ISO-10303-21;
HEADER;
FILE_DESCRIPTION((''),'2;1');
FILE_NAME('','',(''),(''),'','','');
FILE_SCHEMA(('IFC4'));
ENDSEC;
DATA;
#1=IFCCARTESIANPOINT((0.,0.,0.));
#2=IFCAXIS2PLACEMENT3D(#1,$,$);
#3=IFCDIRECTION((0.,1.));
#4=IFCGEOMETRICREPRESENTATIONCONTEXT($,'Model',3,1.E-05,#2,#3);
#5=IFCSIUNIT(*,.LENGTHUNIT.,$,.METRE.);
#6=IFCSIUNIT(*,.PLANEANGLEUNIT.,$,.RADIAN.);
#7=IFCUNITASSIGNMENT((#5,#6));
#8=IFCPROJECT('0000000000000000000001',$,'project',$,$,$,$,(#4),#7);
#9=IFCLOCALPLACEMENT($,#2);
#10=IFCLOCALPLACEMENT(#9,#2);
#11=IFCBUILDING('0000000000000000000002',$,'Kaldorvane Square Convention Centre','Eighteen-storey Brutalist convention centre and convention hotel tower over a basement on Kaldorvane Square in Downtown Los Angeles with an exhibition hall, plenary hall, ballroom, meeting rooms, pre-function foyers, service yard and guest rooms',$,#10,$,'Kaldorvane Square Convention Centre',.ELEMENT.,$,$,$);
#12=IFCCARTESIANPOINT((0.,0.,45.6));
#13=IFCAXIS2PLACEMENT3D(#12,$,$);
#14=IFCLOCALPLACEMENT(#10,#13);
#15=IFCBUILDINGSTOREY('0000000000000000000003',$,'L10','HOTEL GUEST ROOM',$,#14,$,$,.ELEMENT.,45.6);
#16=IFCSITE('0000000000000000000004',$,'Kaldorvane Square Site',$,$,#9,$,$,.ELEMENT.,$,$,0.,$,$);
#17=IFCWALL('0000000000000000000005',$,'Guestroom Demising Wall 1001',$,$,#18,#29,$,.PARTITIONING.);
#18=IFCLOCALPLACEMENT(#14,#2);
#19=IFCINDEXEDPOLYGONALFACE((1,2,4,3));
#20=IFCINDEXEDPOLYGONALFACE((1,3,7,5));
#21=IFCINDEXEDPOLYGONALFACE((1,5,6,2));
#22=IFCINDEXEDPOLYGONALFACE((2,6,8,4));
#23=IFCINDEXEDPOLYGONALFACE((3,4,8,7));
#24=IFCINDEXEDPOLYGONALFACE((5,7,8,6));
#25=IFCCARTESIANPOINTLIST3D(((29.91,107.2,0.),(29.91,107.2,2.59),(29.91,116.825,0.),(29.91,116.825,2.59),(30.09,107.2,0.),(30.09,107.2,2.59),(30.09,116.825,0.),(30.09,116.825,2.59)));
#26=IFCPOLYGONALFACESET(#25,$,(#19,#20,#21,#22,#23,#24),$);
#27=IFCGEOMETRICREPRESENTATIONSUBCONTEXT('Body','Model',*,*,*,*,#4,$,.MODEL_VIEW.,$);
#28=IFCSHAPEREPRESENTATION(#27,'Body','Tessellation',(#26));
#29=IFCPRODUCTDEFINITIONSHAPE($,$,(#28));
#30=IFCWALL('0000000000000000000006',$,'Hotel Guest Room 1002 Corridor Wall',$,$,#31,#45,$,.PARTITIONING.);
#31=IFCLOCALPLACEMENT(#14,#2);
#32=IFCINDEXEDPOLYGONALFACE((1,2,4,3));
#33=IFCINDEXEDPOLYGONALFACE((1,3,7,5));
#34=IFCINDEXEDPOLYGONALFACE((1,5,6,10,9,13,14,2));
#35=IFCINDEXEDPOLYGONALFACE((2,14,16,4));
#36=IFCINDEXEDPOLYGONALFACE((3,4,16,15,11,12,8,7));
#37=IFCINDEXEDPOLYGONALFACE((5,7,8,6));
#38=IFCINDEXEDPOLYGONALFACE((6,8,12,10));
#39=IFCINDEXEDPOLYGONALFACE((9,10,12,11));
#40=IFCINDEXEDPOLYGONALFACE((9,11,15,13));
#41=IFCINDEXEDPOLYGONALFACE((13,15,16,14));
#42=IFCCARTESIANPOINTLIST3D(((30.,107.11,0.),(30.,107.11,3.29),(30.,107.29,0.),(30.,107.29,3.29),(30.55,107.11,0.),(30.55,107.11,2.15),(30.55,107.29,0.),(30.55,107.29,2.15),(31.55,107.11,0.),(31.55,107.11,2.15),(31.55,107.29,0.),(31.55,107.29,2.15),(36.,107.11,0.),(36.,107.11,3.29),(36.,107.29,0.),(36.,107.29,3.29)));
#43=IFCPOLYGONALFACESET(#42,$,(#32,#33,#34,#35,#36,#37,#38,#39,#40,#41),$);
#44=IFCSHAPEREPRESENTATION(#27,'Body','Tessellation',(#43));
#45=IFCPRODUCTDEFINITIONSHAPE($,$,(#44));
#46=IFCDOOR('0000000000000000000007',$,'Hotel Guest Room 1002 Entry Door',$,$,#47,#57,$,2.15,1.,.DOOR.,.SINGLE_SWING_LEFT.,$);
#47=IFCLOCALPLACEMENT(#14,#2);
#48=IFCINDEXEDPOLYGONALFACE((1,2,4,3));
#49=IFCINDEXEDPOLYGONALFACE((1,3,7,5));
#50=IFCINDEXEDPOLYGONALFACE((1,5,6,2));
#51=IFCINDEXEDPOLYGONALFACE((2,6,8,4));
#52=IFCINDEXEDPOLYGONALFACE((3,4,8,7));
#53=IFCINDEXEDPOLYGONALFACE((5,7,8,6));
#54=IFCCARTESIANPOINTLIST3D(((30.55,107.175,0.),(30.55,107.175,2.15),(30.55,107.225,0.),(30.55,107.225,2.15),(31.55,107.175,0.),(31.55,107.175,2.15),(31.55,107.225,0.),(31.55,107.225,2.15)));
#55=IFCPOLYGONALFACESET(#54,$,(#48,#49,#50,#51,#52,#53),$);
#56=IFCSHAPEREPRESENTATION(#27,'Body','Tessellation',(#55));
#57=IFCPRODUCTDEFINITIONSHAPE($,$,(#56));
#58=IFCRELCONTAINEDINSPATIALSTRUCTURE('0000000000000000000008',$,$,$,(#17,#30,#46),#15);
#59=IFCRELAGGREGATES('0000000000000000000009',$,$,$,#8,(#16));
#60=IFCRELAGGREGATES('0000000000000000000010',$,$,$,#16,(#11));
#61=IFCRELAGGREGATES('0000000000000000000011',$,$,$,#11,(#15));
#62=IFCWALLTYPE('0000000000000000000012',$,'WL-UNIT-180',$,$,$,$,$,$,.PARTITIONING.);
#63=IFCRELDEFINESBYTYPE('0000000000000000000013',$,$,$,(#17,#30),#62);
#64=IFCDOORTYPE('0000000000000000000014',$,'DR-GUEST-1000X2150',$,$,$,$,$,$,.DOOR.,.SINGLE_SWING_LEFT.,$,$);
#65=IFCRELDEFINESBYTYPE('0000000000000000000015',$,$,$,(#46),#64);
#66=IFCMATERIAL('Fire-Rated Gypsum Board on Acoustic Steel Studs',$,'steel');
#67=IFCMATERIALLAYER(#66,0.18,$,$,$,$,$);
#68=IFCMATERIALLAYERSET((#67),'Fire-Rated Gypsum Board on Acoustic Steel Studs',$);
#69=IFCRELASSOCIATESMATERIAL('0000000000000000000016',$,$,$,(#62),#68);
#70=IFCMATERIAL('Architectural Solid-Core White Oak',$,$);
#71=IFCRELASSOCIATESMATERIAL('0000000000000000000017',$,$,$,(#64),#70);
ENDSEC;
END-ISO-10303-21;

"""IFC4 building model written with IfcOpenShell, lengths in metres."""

from ifc_helpers import new_model, si_unit, direction, frame, frame_2d, origin, place, context, subcontext, project, spatial, rectangle, extrude, material, layer, layer_set, type_object, element, fill, save


model = new_model("IFC4")

# Units and contexts
model_context = context("Model", 3, precision=1e-05, world=origin(), true_north=direction((0.0, 1.0)))
body_context = subcontext(model_context, "Body", "Model", "MODEL_VIEW")
ifc_project = project(units=[si_unit("LENGTHUNIT", "METRE"), si_unit("PLANEANGLEUNIT", "RADIAN")], contexts=[model_context])

# Site, building, storey
site_placement = place(None, origin())
site = spatial("IfcSite", under=ifc_project, at=site_placement, Name="Kaldorvane Square Site", CompositionType="ELEMENT", RefElevation=0.0)
building_placement = place(site_placement, origin())
building = spatial("IfcBuilding", under=site, at=building_placement, Name="Kaldorvane Square Convention Centre", Description="Eighteen-storey Brutalist convention centre and convention hotel tower over a basement on Kaldorvane Square in Downtown Los Angeles with an exhibition hall, plenary hall, ballroom, meeting rooms, pre-function foyers, service yard and guest rooms", LongName="Kaldorvane Square Convention Centre", CompositionType="ELEMENT")
storey_placement = place(building_placement, frame((0.0, 0.0, 45.6)))
storey = spatial("IfcBuildingStorey", under=building, at=storey_placement, Name="L10", Description="HOTEL GUEST ROOM", CompositionType="ELEMENT", Elevation=45.6)

# Shared definitions
ifc_material_1 = material(Name="Fire-Rated Gypsum Board on Acoustic Steel Studs", Category="steel")
ifc_material_2 = material(Name="Architectural Solid-Core White Oak")

# Shared definitions
ifc_layer_1 = layer(ifc_material_1, 0.18)
ifc_layer_set_1 = layer_set([ifc_layer_1], Name="Fire-Rated Gypsum Board on Acoustic Steel Studs")
wall_type_1 = type_object("IfcWallType", Name="WL-UNIT-180", PredefinedType="PARTITIONING", material=ifc_layer_set_1)
door_type_1 = type_object("IfcDoorType", Name="DR-GUEST-1000X2150", OperationType="SINGLE_SWING_LEFT", PredefinedType="DOOR", material=ifc_material_2)

# Wall
wall_1_placement = place(storey_placement, frame((30.0, 107.2, 0.0), z_axis=(0.0, 0.0, 1.0), x_axis=(0.0, 1.0, 0.0)))
element("IfcWall", 1, at=wall_1_placement, inside=storey, type_object=wall_type_1, Name="Guestroom Demising Wall 1001", PredefinedType="PARTITIONING", context=body_context, shape_type="SweptSolid", body=[
    extrude(rectangle(XDim=9.625, YDim=0.18, at=frame_2d((4.8125, 0.0))), origin(), (0.0, 0.0, 1.0), 2.59),
])

# Wall, opening, door
wall_2_placement = place(storey_placement, frame((30.0, 107.2, 0.0), z_axis=(0.0, 0.0, 1.0), x_axis=(1.0, 0.0, 0.0)))
wall_2 = element("IfcWall", 2, at=wall_2_placement, inside=storey, type_object=wall_type_1, Name="Hotel Guest Room 1002 Corridor Wall", PredefinedType="PARTITIONING", context=body_context, shape_type="SweptSolid", body=[
    extrude(rectangle(XDim=6.0, YDim=0.18, at=frame_2d((3.0, 0.0))), origin(), (0.0, 0.0, 1.0), 3.29),
])
opening_1_placement = place(wall_2_placement, frame((0.55, 0.0, 0.0)))
opening_1 = element("IfcOpeningElement", 3, at=opening_1_placement, cuts=wall_2, PredefinedType="OPENING", context=body_context, shape_type="SweptSolid", body=[
    extrude(rectangle(XDim=1.0, YDim=2.15, at=frame_2d((0.5, 1.075))), frame((0.0, 0.105, 0.0), z_axis=(0.0, -1.0, 0.0), x_axis=(1.0, 0.0, 0.0)), (0.0, 0.0, 1.0), 0.21),
])
door_1_placement = place(opening_1_placement, origin())
door_1 = element("IfcDoor", 4, at=door_1_placement, inside=storey, type_object=door_type_1, Name="Hotel Guest Room 1002 Entry Door", OperationType="SINGLE_SWING_LEFT", OverallHeight=2.15, OverallWidth=1.0, PredefinedType="DOOR", context=body_context, shape_type="SweptSolid", body=[
    extrude(rectangle(XDim=1.0, YDim=2.15, at=frame_2d((0.5, 1.075))), frame((0.0, 0.025, 0.0), z_axis=(0.0, -1.0, 0.0), x_axis=(1.0, 0.0, 0.0)), (0.0, 0.0, 1.0), 0.05),
])
fill(opening_1, door_1)

save(model, "model.ifc")
